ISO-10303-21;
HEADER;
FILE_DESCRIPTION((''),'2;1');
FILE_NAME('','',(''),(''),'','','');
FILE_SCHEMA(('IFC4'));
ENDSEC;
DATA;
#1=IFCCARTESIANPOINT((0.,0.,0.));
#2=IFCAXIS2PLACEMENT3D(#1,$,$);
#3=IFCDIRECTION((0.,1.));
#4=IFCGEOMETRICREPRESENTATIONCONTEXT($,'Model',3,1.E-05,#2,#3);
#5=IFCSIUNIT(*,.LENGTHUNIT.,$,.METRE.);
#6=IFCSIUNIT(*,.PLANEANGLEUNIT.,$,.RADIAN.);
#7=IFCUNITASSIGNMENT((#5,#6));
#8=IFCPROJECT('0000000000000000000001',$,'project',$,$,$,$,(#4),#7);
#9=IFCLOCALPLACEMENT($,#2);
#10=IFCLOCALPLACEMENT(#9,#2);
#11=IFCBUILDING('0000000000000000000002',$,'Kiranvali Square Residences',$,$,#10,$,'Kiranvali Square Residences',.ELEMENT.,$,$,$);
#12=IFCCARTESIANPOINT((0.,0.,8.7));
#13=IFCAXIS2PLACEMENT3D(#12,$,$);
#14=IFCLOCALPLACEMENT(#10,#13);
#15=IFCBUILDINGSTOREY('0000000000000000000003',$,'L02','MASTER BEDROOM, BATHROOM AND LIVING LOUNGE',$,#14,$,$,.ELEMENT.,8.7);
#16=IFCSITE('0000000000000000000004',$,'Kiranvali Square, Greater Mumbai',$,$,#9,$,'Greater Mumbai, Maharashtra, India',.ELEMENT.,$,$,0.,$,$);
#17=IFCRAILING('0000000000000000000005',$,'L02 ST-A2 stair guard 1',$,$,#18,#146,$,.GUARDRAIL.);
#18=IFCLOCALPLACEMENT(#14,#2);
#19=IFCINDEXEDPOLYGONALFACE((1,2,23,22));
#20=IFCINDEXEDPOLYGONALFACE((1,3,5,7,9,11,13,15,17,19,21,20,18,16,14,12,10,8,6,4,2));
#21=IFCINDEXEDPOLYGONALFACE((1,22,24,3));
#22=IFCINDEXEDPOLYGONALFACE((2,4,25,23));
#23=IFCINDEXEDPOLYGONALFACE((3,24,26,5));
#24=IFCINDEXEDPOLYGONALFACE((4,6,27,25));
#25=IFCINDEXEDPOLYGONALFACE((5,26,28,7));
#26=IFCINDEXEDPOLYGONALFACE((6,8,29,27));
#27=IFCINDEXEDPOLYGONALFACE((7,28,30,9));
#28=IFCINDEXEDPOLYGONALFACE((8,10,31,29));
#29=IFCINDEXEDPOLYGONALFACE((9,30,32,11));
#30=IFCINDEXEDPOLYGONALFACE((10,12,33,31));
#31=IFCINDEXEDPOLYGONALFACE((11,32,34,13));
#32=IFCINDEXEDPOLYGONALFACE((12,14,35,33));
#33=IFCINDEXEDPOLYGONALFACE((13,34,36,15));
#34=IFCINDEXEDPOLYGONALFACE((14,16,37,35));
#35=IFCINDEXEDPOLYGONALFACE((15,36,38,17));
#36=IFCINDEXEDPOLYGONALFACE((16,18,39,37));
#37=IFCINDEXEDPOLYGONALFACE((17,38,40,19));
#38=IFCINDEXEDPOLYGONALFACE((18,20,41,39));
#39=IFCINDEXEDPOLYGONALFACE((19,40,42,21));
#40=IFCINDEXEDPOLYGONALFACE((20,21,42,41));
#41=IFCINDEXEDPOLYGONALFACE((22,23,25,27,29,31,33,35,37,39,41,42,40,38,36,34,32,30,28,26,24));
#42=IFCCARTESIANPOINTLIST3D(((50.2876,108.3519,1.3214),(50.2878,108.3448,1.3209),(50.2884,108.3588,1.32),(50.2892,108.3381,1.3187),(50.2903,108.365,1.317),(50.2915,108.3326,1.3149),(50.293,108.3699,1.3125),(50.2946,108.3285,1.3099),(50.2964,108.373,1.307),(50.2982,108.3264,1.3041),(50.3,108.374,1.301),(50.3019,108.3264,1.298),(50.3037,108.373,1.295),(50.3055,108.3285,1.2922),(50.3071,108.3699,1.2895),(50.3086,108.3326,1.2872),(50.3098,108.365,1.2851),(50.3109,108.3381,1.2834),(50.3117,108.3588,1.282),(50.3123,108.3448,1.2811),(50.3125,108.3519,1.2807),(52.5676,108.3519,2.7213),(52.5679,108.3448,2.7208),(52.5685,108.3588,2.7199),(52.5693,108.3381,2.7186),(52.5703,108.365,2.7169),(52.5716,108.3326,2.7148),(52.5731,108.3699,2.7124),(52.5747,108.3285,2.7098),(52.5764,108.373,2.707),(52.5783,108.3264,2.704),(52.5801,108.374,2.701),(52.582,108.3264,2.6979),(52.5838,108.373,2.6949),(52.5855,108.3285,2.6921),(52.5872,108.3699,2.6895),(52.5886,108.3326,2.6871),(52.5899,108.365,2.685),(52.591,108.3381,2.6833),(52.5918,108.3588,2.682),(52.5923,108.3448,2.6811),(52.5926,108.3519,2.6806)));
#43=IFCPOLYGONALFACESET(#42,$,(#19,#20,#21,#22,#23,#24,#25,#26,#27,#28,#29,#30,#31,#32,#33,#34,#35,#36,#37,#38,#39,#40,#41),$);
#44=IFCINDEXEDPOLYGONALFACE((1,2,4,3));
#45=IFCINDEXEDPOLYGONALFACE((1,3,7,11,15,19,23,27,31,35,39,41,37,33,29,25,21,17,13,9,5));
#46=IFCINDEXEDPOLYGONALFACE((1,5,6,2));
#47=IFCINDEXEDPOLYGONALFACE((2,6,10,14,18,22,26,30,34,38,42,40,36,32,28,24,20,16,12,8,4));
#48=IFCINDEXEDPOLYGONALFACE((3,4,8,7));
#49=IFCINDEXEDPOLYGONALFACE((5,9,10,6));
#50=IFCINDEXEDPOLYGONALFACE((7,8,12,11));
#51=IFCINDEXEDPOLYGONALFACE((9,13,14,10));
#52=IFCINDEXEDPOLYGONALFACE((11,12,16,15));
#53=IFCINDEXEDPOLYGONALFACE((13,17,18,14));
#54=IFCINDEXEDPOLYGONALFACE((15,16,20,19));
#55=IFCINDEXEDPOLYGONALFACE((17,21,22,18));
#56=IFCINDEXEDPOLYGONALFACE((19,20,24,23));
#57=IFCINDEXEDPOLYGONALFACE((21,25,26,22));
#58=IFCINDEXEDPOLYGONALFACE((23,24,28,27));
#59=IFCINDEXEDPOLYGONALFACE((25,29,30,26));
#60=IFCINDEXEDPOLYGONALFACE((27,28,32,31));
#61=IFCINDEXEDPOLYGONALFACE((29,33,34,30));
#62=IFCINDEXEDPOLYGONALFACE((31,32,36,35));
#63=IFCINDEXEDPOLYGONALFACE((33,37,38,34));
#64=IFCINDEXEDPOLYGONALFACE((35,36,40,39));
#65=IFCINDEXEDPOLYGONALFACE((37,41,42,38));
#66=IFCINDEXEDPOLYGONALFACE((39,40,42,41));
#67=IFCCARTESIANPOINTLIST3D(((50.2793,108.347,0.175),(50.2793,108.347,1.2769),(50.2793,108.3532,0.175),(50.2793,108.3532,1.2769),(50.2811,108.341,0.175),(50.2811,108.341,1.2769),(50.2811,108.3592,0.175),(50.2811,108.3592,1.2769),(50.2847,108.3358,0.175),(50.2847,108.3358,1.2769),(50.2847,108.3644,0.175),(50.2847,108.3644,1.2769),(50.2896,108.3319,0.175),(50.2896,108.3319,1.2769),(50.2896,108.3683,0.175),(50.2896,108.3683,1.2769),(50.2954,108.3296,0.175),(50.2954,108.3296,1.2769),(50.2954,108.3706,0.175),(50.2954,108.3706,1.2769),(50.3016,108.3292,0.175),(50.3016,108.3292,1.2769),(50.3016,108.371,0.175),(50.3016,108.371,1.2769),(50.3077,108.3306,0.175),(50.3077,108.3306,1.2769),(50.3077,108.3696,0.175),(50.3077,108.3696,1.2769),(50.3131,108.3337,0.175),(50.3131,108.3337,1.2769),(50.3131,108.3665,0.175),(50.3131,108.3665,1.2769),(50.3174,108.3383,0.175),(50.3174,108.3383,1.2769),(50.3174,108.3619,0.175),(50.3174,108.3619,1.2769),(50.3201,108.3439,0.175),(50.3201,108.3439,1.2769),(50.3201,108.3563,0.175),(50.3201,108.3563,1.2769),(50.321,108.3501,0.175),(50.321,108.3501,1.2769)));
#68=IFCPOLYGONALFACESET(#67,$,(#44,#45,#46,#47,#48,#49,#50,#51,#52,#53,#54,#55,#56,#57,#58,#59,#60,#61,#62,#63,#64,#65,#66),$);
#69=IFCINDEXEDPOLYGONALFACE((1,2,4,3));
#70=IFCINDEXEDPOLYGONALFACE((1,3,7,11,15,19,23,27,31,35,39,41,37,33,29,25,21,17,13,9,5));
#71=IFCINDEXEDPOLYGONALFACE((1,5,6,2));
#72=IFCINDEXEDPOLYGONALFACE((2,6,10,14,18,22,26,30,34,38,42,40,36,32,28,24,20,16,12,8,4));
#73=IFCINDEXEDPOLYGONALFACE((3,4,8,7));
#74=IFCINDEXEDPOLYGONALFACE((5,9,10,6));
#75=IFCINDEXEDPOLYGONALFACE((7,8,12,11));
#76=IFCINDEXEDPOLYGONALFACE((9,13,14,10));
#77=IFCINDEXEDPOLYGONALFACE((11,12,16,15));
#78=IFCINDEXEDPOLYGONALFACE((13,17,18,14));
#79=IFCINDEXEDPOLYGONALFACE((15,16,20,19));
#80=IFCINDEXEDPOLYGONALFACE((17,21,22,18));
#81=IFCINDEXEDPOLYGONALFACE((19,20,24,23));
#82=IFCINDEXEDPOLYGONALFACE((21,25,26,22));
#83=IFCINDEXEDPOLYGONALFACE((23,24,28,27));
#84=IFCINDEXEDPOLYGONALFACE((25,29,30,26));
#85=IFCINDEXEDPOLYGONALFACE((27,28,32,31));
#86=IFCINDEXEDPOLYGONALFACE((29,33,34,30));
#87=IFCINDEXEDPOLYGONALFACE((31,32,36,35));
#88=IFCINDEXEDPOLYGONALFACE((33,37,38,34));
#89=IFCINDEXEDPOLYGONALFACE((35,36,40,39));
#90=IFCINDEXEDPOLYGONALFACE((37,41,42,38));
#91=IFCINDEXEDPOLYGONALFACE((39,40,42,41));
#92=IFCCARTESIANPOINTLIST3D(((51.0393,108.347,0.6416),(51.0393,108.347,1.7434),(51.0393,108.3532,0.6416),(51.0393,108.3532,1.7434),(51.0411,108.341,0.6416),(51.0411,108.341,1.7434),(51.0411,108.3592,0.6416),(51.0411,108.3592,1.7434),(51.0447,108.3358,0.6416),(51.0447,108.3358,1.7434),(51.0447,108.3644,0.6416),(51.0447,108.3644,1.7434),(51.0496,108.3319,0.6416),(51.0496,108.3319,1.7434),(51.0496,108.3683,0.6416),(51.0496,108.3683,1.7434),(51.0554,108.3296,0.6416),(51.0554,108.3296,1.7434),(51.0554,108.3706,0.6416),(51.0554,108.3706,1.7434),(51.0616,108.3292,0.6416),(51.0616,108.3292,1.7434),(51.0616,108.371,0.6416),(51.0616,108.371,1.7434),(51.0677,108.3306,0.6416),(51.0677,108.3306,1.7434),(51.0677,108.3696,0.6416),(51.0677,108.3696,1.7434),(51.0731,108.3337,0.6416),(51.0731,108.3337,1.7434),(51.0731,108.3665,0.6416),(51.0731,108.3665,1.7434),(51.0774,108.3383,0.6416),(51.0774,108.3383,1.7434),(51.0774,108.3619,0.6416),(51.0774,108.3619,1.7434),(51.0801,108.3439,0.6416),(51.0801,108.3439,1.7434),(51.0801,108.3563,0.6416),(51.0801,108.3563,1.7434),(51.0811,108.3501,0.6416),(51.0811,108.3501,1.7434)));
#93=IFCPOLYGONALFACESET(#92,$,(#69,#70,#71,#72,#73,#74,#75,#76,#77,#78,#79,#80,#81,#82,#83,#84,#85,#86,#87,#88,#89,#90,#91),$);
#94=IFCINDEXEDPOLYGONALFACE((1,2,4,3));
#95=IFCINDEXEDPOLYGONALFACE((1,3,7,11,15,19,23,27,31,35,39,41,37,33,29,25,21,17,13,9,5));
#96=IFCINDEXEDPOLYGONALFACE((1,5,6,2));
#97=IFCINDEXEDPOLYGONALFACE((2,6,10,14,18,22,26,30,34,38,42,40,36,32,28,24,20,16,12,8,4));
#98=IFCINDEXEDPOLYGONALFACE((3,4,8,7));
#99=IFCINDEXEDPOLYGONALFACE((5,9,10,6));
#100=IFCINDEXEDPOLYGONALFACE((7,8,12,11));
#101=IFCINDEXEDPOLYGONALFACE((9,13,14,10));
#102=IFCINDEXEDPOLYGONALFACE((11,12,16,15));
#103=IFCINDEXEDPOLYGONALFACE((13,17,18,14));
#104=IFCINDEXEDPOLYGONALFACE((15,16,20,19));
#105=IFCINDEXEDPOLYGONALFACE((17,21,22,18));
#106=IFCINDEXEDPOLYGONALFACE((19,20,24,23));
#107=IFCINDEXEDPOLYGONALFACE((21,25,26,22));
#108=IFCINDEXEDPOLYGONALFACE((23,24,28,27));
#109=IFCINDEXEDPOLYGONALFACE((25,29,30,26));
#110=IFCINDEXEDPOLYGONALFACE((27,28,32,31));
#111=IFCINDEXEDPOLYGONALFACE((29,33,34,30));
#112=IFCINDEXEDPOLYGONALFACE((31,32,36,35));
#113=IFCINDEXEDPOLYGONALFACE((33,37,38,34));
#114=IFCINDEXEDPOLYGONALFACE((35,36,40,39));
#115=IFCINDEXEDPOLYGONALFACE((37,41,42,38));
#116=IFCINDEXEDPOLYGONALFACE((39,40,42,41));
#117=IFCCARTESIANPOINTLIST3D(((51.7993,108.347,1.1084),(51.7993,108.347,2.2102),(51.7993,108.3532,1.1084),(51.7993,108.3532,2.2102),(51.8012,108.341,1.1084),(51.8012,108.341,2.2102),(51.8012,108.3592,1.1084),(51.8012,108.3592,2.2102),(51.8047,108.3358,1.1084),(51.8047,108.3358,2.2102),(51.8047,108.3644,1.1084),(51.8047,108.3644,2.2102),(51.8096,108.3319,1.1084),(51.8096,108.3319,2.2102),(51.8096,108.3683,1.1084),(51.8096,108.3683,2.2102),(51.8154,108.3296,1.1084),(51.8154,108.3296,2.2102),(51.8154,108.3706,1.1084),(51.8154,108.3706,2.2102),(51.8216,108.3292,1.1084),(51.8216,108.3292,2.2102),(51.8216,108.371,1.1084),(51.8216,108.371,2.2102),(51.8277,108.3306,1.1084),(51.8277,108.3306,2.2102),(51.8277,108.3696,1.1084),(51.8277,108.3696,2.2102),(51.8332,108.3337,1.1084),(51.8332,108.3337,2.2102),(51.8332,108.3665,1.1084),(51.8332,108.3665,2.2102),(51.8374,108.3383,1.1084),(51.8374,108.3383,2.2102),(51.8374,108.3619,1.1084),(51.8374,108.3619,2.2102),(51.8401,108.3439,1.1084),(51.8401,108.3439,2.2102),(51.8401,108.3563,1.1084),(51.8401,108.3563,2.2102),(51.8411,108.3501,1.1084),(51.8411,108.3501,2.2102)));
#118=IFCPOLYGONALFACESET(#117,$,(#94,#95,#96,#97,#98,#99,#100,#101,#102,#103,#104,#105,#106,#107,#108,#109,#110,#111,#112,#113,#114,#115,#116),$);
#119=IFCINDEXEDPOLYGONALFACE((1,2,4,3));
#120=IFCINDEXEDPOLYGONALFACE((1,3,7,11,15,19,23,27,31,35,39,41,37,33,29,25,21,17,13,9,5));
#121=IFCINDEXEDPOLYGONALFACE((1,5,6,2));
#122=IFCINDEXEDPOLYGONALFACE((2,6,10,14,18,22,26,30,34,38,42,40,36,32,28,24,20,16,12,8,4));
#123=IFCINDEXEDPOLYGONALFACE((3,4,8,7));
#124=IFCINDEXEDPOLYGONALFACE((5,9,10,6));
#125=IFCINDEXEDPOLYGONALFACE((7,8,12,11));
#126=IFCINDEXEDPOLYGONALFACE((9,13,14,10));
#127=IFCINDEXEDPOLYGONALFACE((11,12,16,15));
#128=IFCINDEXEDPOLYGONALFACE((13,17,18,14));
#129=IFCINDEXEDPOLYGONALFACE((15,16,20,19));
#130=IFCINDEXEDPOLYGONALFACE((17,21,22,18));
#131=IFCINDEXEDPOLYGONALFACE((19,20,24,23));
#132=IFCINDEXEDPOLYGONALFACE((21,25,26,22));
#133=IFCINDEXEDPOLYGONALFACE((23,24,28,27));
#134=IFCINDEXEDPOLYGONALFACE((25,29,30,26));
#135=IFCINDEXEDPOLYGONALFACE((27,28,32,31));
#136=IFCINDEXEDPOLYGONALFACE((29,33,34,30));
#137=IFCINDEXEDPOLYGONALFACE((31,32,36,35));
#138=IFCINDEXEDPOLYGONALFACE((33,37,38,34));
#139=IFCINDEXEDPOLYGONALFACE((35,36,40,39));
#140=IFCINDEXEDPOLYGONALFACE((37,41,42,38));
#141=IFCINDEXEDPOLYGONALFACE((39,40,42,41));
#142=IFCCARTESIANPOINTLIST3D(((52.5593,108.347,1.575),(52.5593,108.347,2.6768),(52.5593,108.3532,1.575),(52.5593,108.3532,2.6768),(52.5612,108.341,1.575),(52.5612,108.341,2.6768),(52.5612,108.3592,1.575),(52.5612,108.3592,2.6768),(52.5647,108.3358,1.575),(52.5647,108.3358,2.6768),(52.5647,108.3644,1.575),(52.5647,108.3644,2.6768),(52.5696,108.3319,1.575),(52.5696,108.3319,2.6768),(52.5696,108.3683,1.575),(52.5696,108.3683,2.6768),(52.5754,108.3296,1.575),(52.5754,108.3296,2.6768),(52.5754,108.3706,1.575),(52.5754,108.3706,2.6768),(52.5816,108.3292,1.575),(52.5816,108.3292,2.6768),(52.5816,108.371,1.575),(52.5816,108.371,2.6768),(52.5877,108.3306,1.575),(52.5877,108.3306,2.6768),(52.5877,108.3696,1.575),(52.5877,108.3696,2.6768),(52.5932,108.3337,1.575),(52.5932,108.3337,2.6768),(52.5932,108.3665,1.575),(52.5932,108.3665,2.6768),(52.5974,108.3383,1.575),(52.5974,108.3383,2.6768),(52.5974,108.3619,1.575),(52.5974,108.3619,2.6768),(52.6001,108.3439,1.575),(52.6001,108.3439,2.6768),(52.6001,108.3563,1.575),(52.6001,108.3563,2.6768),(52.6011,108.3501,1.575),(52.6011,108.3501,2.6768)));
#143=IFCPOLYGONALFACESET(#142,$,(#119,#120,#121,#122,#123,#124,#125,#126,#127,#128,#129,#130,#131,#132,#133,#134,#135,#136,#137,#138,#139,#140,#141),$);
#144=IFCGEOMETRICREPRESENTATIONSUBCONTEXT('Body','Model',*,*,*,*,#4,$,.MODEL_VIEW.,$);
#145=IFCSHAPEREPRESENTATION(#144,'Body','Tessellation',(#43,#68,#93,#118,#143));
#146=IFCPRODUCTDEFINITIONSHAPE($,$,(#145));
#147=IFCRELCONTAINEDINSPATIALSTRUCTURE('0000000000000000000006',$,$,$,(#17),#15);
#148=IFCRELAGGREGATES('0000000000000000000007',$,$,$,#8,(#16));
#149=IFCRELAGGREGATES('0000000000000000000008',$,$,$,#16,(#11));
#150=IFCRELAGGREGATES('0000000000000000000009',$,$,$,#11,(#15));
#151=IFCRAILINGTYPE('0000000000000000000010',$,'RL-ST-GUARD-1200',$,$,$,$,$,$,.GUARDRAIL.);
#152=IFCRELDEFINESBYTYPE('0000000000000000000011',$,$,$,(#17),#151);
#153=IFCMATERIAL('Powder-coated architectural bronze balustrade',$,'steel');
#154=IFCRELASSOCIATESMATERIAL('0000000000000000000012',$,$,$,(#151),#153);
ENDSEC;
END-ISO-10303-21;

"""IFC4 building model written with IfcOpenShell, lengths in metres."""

from ifc_helpers import new_model, si_unit, direction, frame, origin, origin_2d, place, context, subcontext, project, spatial, circle, extrude, material, type_object, element, save


model = new_model("IFC4")

# Units and contexts
model_context = context("Model", 3, precision=1e-05, world=origin(), true_north=direction((0.0, 1.0)))
body_context = subcontext(model_context, "Body", "Model", "MODEL_VIEW")
ifc_project = project(units=[si_unit("LENGTHUNIT", "METRE"), si_unit("PLANEANGLEUNIT", "RADIAN")], contexts=[model_context])

# Site, building, storey
site_placement = place(None, origin())
site = spatial("IfcSite", under=ifc_project, at=site_placement, Name="Kiranvali Square, Greater Mumbai", LongName="Greater Mumbai, Maharashtra, India", CompositionType="ELEMENT", RefElevation=0.0)
building_placement = place(site_placement, origin())
building = spatial("IfcBuilding", under=site, at=building_placement, Name="Kiranvali Square Residences", LongName="Kiranvali Square Residences", CompositionType="ELEMENT")
storey_placement = place(building_placement, frame((0.0, 0.0, 8.7)))
storey = spatial("IfcBuildingStorey", under=building, at=storey_placement, Name="L02", Description="MASTER BEDROOM, BATHROOM AND LIVING LOUNGE", CompositionType="ELEMENT", Elevation=8.7)

# Railing
ifc_material_1 = material(Name="Powder-coated architectural bronze balustrade", Category="steel")
railing_type_1 = type_object("IfcRailingType", Name="RL-ST-GUARD-1200", PredefinedType="GUARDRAIL", material=ifc_material_1)
railing_1_placement = place(storey_placement, frame((50.3, 108.3501, 0.175)))
element("IfcRailing", 1, at=railing_1_placement, inside=storey, type_object=railing_type_1, Name="L02 ST-A2 stair guard 1", PredefinedType="GUARDRAIL", context=body_context, shape_type="SweptSolid", body=[
    extrude(circle(Radius=0.0239, at=origin_2d()), frame((0.0, 0.0, 1.126), z_axis=(0.85219, 0.0, 0.523232), x_axis=(0.0, 1.0, 0.0)), (0.0, 0.0, 1.0), 2.6755),
    extrude(circle(Radius=0.021, at=origin_2d()), origin(), (0.0, 0.0, 1.0), 1.1018),
    extrude(circle(Radius=0.021, at=origin_2d()), frame((0.76, 0.0, 0.4666)), (0.0, 0.0, 1.0), 1.1018),
    extrude(circle(Radius=0.021, at=origin_2d()), frame((1.52, 0.0, 0.9333)), (0.0, 0.0, 1.0), 1.1018),
    extrude(circle(Radius=0.021, at=origin_2d()), frame((2.28, 0.0, 1.3999)), (0.0, 0.0, 1.0), 1.1018),
])

save(model, "model.ifc")
